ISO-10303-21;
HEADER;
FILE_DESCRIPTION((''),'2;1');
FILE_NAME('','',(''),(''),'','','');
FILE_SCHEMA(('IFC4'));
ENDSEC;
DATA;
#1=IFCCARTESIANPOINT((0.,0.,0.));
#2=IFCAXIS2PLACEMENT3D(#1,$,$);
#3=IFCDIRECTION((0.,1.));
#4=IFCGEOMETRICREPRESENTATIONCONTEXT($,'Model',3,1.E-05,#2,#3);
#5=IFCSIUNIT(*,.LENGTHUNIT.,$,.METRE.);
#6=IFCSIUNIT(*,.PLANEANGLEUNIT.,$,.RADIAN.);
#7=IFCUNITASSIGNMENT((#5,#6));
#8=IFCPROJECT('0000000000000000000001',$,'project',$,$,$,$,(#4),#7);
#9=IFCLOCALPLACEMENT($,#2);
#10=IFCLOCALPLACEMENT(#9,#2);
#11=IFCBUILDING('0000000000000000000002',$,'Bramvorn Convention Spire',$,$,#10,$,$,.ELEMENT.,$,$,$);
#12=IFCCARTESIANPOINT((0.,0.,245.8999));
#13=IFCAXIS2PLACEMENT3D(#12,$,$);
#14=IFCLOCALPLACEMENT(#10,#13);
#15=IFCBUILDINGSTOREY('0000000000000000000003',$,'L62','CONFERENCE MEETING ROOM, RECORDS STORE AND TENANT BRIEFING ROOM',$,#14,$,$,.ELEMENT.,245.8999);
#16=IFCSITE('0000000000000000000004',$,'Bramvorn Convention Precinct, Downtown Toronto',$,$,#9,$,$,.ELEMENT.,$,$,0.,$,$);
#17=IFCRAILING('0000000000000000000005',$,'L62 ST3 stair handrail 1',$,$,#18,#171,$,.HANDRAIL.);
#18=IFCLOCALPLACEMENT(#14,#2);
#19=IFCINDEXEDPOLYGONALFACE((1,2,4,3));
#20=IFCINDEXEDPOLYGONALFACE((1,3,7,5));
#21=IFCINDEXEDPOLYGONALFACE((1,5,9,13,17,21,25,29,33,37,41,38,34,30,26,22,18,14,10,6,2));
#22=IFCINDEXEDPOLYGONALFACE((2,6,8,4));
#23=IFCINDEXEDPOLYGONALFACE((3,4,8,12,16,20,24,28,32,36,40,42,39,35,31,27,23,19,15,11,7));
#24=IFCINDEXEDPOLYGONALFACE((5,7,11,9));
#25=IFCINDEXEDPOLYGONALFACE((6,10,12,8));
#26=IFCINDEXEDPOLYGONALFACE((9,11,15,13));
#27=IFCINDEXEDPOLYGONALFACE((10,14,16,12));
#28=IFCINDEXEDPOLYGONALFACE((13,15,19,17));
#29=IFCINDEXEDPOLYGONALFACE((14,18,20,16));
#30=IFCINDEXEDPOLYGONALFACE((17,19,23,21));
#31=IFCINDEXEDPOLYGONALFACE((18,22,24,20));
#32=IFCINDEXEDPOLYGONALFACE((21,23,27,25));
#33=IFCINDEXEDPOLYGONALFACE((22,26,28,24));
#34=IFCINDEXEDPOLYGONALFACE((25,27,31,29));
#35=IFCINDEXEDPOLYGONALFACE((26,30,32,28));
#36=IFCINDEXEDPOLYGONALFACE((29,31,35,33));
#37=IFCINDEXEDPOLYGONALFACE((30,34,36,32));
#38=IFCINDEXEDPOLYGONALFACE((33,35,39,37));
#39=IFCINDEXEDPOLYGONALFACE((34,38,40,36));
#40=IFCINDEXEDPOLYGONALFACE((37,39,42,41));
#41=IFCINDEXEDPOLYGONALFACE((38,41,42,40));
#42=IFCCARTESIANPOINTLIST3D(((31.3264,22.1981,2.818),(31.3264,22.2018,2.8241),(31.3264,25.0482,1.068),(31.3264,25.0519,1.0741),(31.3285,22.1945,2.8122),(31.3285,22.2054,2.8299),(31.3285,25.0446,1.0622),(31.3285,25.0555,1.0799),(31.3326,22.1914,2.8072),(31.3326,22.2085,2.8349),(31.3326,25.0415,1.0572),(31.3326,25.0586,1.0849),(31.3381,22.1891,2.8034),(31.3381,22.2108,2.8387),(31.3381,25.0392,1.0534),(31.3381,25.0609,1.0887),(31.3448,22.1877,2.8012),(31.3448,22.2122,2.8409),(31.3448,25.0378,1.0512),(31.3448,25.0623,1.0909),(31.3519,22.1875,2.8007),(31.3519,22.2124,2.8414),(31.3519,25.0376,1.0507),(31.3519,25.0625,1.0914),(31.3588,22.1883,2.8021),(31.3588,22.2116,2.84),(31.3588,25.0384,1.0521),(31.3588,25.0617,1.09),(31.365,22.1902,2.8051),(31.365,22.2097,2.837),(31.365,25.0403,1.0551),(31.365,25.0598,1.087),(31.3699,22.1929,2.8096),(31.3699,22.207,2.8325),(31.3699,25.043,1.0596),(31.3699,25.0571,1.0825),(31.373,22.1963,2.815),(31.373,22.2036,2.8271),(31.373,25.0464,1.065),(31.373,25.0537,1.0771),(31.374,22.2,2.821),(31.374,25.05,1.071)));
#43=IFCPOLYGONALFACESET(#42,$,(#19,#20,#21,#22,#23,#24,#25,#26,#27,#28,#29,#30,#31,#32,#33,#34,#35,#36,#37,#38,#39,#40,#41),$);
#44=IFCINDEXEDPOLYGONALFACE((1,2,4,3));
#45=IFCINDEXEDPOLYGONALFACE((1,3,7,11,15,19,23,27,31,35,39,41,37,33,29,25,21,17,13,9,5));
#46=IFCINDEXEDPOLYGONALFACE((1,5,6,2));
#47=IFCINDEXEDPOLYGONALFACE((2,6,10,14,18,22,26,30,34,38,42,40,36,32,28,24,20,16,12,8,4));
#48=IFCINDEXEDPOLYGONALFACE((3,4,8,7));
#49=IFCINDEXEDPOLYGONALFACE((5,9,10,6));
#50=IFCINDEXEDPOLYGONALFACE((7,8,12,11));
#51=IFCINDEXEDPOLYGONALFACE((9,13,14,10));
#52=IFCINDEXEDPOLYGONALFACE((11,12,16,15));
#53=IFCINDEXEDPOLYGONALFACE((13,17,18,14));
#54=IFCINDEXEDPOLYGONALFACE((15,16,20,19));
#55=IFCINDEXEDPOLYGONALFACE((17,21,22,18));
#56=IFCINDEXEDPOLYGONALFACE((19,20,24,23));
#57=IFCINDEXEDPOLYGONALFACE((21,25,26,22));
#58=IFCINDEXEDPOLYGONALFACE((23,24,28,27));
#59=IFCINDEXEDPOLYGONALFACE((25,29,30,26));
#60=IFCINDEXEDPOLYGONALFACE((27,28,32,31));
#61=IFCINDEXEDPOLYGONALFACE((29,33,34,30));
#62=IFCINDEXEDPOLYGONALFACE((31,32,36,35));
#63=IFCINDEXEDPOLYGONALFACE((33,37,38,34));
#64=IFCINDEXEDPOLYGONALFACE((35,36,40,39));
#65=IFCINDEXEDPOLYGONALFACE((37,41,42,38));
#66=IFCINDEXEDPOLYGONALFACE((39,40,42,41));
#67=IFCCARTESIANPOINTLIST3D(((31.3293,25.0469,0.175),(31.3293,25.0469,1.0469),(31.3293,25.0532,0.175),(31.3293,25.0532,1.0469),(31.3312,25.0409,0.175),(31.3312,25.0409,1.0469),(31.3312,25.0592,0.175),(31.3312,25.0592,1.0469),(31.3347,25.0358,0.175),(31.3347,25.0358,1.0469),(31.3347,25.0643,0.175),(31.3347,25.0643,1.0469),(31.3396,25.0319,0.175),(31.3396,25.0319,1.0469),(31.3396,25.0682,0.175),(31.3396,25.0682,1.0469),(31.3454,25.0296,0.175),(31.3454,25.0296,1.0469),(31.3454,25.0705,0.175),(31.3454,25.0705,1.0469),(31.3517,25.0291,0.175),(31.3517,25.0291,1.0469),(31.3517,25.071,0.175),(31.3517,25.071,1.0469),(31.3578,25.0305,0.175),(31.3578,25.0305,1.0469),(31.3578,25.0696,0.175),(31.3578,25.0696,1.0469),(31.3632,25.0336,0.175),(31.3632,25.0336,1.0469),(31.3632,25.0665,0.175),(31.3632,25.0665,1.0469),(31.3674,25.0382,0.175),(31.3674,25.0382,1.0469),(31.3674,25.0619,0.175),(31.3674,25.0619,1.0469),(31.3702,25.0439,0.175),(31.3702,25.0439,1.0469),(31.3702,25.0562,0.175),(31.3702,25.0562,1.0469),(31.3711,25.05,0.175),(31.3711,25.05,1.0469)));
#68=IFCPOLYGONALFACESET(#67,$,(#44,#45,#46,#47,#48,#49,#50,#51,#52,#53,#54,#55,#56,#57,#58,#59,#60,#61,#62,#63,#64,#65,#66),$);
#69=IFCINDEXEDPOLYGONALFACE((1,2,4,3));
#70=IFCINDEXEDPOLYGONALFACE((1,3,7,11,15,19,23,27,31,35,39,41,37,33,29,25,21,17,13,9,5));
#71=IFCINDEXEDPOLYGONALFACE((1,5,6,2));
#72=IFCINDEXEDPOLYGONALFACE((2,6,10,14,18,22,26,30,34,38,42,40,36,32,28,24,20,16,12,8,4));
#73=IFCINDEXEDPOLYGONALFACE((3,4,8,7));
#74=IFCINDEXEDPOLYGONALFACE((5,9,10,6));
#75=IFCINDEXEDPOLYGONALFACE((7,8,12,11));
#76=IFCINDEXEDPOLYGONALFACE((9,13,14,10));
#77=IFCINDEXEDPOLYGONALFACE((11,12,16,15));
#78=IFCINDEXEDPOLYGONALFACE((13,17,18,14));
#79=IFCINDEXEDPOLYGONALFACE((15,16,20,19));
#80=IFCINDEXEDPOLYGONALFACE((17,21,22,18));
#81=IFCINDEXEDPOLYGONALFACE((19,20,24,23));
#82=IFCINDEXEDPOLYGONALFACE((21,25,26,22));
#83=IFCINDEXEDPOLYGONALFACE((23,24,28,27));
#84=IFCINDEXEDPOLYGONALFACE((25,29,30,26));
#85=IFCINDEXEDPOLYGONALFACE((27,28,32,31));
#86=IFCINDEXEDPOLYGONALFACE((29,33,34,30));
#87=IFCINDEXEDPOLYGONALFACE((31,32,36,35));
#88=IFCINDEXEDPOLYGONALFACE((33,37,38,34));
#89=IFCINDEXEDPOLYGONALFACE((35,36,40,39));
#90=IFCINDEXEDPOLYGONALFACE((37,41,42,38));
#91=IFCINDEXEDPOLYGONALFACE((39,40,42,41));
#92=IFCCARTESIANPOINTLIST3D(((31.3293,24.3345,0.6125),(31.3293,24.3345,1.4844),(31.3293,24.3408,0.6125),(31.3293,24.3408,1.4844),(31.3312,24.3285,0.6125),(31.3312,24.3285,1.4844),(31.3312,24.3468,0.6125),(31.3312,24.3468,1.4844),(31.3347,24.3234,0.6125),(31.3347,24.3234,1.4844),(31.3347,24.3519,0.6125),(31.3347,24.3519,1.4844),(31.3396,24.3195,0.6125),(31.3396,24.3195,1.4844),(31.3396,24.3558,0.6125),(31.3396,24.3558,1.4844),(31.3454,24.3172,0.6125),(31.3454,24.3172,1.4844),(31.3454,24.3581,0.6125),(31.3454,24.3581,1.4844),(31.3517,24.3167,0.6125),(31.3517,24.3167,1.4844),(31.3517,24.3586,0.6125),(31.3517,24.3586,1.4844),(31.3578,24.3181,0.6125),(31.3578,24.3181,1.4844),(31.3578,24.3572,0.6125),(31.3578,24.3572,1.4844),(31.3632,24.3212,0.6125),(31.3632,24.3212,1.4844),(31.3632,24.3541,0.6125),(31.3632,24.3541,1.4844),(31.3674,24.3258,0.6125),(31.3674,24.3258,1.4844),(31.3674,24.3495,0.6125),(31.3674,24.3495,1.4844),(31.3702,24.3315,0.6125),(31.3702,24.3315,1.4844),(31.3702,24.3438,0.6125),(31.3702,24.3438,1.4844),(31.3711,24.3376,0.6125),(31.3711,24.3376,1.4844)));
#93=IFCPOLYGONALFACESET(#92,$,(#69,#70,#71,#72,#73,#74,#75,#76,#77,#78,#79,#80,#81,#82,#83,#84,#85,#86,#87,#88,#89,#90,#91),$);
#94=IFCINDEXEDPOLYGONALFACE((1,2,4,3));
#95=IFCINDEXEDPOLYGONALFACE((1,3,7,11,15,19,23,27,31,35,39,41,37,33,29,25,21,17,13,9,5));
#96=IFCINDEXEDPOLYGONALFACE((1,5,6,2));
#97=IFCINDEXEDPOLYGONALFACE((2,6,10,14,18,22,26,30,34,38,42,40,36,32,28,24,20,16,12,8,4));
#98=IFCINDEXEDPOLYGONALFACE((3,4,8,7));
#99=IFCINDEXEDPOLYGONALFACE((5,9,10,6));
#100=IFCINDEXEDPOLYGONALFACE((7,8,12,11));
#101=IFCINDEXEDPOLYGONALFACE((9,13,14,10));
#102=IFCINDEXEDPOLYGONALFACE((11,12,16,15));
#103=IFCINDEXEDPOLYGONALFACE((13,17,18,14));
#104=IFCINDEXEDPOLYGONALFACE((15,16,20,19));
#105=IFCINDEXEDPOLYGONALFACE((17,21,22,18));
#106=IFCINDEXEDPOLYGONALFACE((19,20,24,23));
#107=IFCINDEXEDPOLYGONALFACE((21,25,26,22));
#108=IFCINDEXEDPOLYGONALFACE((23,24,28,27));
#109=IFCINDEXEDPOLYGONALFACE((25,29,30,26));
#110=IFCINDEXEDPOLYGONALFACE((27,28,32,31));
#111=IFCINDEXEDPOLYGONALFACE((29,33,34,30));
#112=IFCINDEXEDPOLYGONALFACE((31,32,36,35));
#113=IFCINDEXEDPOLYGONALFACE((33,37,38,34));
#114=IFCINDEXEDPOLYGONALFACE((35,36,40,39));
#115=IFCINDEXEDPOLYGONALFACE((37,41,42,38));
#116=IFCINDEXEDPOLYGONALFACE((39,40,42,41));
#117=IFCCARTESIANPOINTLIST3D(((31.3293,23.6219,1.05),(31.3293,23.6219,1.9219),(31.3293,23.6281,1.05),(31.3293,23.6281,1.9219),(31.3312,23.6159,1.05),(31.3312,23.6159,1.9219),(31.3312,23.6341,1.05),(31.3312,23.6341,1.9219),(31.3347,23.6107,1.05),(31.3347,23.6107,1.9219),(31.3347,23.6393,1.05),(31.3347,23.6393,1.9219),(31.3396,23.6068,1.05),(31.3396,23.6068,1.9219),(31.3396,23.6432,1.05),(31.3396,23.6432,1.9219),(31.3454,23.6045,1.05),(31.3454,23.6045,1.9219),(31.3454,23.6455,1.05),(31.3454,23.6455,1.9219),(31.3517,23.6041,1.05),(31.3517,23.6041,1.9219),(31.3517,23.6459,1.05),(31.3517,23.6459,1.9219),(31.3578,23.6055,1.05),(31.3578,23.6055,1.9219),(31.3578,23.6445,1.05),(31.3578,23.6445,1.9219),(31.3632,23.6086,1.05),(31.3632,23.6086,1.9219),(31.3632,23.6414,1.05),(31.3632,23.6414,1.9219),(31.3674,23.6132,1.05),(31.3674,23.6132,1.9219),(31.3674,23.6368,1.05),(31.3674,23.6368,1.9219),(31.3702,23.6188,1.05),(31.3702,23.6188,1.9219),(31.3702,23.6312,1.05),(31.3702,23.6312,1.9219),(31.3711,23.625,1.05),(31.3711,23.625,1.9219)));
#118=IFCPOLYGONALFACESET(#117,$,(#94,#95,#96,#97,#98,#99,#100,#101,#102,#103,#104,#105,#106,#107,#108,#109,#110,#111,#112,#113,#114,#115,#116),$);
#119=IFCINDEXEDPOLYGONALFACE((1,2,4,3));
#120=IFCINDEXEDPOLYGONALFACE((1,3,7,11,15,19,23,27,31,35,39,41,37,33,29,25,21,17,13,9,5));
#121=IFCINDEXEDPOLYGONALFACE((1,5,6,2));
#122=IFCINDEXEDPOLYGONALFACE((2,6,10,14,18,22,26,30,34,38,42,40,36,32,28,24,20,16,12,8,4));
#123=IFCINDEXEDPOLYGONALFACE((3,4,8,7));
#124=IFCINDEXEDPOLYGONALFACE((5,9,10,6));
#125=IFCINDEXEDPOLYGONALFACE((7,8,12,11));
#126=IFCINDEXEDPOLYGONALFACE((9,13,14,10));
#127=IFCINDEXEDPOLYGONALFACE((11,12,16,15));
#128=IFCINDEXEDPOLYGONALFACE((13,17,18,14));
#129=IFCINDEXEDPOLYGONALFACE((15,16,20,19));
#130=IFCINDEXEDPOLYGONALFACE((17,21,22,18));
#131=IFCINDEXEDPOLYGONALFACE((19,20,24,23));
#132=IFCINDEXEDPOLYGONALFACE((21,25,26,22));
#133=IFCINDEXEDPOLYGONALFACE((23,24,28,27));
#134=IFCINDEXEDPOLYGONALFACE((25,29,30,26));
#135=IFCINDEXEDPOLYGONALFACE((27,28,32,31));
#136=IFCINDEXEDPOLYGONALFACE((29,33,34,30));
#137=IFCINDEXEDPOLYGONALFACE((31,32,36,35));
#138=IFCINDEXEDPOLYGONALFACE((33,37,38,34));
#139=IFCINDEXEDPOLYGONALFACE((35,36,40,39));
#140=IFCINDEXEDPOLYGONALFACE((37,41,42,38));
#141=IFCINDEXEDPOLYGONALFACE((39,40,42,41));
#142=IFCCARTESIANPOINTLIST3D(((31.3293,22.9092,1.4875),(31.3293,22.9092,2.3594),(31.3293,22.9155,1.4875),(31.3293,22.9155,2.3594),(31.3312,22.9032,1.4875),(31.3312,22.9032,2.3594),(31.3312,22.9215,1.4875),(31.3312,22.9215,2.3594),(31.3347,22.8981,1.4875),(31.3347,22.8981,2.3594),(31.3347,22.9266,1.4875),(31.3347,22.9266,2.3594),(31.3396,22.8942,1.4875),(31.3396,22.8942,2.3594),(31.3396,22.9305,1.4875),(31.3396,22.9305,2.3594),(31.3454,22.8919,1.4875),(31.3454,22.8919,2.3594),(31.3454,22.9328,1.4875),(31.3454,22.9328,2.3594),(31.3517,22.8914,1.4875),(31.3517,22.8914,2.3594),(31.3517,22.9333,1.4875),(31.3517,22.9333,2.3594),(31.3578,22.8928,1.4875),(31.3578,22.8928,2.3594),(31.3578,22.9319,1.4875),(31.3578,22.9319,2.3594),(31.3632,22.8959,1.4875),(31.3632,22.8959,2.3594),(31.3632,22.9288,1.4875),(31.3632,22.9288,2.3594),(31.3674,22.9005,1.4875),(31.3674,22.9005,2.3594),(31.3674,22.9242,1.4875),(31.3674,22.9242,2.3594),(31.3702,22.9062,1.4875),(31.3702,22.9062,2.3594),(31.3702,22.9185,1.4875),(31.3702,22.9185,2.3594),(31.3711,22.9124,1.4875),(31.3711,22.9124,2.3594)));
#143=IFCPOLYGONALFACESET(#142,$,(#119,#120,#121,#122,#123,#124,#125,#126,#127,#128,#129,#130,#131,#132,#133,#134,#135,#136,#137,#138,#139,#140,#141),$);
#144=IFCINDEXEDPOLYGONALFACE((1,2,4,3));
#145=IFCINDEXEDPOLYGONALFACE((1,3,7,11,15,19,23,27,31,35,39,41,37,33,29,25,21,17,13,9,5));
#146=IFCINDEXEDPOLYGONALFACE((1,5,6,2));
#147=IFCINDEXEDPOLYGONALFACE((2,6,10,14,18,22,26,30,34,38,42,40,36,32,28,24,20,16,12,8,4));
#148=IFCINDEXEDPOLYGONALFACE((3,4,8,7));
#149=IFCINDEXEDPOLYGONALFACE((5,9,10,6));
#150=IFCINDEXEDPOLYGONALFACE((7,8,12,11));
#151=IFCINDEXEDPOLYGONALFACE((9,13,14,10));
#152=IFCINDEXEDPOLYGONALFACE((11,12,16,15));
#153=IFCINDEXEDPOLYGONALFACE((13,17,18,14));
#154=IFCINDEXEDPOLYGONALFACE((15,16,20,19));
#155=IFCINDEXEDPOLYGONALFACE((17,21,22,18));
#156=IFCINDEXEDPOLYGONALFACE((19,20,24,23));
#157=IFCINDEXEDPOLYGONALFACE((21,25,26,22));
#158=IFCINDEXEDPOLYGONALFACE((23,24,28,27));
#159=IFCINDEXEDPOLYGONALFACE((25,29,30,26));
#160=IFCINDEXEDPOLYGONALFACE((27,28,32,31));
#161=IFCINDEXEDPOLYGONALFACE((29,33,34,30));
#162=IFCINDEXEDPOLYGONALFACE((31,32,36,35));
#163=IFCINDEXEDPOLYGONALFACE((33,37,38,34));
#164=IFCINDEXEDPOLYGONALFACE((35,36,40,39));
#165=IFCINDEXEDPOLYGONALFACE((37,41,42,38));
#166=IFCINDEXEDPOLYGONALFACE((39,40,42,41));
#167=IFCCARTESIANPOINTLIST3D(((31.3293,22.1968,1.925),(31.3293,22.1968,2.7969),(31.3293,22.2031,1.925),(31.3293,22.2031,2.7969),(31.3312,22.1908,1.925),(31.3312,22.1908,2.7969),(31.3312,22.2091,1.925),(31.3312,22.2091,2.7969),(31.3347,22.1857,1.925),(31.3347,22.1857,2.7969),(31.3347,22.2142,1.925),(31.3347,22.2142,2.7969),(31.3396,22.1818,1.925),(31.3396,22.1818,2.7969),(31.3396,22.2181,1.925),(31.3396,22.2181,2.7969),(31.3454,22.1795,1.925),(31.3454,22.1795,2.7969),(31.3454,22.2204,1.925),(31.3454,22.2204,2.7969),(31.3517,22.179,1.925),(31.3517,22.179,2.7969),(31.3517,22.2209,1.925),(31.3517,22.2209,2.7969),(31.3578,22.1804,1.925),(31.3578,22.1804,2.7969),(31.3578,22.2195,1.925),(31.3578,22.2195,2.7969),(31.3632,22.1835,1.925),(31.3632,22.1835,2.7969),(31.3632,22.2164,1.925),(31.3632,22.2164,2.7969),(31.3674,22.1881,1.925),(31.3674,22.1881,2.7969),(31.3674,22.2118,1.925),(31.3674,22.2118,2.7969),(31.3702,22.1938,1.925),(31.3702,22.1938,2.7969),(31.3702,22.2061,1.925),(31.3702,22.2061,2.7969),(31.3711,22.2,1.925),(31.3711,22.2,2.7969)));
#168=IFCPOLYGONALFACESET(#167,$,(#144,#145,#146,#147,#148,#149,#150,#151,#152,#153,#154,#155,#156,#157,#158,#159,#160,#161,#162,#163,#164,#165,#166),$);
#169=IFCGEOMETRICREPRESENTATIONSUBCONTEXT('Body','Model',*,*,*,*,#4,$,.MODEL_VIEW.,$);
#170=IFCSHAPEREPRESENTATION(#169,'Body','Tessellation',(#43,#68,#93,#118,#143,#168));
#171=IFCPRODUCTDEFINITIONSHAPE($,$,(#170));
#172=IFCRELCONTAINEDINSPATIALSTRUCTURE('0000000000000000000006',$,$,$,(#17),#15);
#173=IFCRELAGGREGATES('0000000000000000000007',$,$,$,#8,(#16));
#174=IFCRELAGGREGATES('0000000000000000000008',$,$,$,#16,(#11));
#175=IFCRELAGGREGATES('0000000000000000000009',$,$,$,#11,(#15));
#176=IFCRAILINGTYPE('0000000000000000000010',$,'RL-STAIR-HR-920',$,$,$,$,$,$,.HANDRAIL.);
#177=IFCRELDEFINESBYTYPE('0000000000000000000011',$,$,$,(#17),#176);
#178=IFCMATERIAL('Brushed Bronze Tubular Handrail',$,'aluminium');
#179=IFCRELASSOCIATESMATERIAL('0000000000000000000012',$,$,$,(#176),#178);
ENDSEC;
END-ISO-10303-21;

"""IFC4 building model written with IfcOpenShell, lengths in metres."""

from ifc_helpers import new_model, si_unit, direction, frame, origin, origin_2d, place, context, subcontext, project, spatial, circle, extrude, material, type_object, element, save


model = new_model("IFC4")

# Units and contexts
model_context = context("Model", 3, precision=1e-05, world=origin(), true_north=direction((0.0, 1.0)))
body_context = subcontext(model_context, "Body", "Model", "MODEL_VIEW")
ifc_project = project(units=[si_unit("LENGTHUNIT", "METRE"), si_unit("PLANEANGLEUNIT", "RADIAN")], contexts=[model_context])

# Site, building, storey
site_placement = place(None, origin())
site = spatial("IfcSite", under=ifc_project, at=site_placement, Name="Bramvorn Convention Precinct, Downtown Toronto", CompositionType="ELEMENT", RefElevation=0.0)
building_placement = place(site_placement, origin())
building = spatial("IfcBuilding", under=site, at=building_placement, Name="Bramvorn Convention Spire", CompositionType="ELEMENT")
storey_placement = place(building_placement, frame((0.0, 0.0, 245.8999)))
storey = spatial("IfcBuildingStorey", under=building, at=storey_placement, Name="L62", Description="CONFERENCE MEETING ROOM, RECORDS STORE AND TENANT BRIEFING ROOM", CompositionType="ELEMENT", Elevation=245.8999)

# Railing
ifc_material_1 = material(Name="Brushed Bronze Tubular Handrail", Category="aluminium")
railing_type_1 = type_object("IfcRailingType", Name="RL-STAIR-HR-920", PredefinedType="HANDRAIL", material=ifc_material_1)
railing_1_placement = place(storey_placement, frame((31.3501, 25.05, 0.175)))
element("IfcRailing", 1, at=railing_1_placement, inside=storey, type_object=railing_type_1, Name="L62 ST3 stair handrail 1", PredefinedType="HANDRAIL", context=body_context, shape_type="SweptSolid", body=[
    extrude(circle(Radius=0.0239, at=origin_2d()), frame((0.0, 0.0, 0.896), z_axis=(0.0, -0.852179, 0.52325), x_axis=(1.0, 0.0, 0.0)), (0.0, 0.0, 1.0), 3.3445),
    extrude(circle(Radius=0.021, at=origin_2d()), origin(), (0.0, 0.0, 1.0), 0.8718),
    extrude(circle(Radius=0.021, at=origin_2d()), frame((0.0, -0.7124, 0.4375)), (0.0, 0.0, 1.0), 0.8718),
    extrude(circle(Radius=0.021, at=origin_2d()), frame((0.0, -1.425, 0.875)), (0.0, 0.0, 1.0), 0.8718),
    extrude(circle(Radius=0.021, at=origin_2d()), frame((0.0, -2.1377, 1.3125)), (0.0, 0.0, 1.0), 0.8718),
    extrude(circle(Radius=0.021, at=origin_2d()), frame((0.0, -2.8501, 1.75)), (0.0, 0.0, 1.0), 0.8718),
])

save(model, "model.ifc")
